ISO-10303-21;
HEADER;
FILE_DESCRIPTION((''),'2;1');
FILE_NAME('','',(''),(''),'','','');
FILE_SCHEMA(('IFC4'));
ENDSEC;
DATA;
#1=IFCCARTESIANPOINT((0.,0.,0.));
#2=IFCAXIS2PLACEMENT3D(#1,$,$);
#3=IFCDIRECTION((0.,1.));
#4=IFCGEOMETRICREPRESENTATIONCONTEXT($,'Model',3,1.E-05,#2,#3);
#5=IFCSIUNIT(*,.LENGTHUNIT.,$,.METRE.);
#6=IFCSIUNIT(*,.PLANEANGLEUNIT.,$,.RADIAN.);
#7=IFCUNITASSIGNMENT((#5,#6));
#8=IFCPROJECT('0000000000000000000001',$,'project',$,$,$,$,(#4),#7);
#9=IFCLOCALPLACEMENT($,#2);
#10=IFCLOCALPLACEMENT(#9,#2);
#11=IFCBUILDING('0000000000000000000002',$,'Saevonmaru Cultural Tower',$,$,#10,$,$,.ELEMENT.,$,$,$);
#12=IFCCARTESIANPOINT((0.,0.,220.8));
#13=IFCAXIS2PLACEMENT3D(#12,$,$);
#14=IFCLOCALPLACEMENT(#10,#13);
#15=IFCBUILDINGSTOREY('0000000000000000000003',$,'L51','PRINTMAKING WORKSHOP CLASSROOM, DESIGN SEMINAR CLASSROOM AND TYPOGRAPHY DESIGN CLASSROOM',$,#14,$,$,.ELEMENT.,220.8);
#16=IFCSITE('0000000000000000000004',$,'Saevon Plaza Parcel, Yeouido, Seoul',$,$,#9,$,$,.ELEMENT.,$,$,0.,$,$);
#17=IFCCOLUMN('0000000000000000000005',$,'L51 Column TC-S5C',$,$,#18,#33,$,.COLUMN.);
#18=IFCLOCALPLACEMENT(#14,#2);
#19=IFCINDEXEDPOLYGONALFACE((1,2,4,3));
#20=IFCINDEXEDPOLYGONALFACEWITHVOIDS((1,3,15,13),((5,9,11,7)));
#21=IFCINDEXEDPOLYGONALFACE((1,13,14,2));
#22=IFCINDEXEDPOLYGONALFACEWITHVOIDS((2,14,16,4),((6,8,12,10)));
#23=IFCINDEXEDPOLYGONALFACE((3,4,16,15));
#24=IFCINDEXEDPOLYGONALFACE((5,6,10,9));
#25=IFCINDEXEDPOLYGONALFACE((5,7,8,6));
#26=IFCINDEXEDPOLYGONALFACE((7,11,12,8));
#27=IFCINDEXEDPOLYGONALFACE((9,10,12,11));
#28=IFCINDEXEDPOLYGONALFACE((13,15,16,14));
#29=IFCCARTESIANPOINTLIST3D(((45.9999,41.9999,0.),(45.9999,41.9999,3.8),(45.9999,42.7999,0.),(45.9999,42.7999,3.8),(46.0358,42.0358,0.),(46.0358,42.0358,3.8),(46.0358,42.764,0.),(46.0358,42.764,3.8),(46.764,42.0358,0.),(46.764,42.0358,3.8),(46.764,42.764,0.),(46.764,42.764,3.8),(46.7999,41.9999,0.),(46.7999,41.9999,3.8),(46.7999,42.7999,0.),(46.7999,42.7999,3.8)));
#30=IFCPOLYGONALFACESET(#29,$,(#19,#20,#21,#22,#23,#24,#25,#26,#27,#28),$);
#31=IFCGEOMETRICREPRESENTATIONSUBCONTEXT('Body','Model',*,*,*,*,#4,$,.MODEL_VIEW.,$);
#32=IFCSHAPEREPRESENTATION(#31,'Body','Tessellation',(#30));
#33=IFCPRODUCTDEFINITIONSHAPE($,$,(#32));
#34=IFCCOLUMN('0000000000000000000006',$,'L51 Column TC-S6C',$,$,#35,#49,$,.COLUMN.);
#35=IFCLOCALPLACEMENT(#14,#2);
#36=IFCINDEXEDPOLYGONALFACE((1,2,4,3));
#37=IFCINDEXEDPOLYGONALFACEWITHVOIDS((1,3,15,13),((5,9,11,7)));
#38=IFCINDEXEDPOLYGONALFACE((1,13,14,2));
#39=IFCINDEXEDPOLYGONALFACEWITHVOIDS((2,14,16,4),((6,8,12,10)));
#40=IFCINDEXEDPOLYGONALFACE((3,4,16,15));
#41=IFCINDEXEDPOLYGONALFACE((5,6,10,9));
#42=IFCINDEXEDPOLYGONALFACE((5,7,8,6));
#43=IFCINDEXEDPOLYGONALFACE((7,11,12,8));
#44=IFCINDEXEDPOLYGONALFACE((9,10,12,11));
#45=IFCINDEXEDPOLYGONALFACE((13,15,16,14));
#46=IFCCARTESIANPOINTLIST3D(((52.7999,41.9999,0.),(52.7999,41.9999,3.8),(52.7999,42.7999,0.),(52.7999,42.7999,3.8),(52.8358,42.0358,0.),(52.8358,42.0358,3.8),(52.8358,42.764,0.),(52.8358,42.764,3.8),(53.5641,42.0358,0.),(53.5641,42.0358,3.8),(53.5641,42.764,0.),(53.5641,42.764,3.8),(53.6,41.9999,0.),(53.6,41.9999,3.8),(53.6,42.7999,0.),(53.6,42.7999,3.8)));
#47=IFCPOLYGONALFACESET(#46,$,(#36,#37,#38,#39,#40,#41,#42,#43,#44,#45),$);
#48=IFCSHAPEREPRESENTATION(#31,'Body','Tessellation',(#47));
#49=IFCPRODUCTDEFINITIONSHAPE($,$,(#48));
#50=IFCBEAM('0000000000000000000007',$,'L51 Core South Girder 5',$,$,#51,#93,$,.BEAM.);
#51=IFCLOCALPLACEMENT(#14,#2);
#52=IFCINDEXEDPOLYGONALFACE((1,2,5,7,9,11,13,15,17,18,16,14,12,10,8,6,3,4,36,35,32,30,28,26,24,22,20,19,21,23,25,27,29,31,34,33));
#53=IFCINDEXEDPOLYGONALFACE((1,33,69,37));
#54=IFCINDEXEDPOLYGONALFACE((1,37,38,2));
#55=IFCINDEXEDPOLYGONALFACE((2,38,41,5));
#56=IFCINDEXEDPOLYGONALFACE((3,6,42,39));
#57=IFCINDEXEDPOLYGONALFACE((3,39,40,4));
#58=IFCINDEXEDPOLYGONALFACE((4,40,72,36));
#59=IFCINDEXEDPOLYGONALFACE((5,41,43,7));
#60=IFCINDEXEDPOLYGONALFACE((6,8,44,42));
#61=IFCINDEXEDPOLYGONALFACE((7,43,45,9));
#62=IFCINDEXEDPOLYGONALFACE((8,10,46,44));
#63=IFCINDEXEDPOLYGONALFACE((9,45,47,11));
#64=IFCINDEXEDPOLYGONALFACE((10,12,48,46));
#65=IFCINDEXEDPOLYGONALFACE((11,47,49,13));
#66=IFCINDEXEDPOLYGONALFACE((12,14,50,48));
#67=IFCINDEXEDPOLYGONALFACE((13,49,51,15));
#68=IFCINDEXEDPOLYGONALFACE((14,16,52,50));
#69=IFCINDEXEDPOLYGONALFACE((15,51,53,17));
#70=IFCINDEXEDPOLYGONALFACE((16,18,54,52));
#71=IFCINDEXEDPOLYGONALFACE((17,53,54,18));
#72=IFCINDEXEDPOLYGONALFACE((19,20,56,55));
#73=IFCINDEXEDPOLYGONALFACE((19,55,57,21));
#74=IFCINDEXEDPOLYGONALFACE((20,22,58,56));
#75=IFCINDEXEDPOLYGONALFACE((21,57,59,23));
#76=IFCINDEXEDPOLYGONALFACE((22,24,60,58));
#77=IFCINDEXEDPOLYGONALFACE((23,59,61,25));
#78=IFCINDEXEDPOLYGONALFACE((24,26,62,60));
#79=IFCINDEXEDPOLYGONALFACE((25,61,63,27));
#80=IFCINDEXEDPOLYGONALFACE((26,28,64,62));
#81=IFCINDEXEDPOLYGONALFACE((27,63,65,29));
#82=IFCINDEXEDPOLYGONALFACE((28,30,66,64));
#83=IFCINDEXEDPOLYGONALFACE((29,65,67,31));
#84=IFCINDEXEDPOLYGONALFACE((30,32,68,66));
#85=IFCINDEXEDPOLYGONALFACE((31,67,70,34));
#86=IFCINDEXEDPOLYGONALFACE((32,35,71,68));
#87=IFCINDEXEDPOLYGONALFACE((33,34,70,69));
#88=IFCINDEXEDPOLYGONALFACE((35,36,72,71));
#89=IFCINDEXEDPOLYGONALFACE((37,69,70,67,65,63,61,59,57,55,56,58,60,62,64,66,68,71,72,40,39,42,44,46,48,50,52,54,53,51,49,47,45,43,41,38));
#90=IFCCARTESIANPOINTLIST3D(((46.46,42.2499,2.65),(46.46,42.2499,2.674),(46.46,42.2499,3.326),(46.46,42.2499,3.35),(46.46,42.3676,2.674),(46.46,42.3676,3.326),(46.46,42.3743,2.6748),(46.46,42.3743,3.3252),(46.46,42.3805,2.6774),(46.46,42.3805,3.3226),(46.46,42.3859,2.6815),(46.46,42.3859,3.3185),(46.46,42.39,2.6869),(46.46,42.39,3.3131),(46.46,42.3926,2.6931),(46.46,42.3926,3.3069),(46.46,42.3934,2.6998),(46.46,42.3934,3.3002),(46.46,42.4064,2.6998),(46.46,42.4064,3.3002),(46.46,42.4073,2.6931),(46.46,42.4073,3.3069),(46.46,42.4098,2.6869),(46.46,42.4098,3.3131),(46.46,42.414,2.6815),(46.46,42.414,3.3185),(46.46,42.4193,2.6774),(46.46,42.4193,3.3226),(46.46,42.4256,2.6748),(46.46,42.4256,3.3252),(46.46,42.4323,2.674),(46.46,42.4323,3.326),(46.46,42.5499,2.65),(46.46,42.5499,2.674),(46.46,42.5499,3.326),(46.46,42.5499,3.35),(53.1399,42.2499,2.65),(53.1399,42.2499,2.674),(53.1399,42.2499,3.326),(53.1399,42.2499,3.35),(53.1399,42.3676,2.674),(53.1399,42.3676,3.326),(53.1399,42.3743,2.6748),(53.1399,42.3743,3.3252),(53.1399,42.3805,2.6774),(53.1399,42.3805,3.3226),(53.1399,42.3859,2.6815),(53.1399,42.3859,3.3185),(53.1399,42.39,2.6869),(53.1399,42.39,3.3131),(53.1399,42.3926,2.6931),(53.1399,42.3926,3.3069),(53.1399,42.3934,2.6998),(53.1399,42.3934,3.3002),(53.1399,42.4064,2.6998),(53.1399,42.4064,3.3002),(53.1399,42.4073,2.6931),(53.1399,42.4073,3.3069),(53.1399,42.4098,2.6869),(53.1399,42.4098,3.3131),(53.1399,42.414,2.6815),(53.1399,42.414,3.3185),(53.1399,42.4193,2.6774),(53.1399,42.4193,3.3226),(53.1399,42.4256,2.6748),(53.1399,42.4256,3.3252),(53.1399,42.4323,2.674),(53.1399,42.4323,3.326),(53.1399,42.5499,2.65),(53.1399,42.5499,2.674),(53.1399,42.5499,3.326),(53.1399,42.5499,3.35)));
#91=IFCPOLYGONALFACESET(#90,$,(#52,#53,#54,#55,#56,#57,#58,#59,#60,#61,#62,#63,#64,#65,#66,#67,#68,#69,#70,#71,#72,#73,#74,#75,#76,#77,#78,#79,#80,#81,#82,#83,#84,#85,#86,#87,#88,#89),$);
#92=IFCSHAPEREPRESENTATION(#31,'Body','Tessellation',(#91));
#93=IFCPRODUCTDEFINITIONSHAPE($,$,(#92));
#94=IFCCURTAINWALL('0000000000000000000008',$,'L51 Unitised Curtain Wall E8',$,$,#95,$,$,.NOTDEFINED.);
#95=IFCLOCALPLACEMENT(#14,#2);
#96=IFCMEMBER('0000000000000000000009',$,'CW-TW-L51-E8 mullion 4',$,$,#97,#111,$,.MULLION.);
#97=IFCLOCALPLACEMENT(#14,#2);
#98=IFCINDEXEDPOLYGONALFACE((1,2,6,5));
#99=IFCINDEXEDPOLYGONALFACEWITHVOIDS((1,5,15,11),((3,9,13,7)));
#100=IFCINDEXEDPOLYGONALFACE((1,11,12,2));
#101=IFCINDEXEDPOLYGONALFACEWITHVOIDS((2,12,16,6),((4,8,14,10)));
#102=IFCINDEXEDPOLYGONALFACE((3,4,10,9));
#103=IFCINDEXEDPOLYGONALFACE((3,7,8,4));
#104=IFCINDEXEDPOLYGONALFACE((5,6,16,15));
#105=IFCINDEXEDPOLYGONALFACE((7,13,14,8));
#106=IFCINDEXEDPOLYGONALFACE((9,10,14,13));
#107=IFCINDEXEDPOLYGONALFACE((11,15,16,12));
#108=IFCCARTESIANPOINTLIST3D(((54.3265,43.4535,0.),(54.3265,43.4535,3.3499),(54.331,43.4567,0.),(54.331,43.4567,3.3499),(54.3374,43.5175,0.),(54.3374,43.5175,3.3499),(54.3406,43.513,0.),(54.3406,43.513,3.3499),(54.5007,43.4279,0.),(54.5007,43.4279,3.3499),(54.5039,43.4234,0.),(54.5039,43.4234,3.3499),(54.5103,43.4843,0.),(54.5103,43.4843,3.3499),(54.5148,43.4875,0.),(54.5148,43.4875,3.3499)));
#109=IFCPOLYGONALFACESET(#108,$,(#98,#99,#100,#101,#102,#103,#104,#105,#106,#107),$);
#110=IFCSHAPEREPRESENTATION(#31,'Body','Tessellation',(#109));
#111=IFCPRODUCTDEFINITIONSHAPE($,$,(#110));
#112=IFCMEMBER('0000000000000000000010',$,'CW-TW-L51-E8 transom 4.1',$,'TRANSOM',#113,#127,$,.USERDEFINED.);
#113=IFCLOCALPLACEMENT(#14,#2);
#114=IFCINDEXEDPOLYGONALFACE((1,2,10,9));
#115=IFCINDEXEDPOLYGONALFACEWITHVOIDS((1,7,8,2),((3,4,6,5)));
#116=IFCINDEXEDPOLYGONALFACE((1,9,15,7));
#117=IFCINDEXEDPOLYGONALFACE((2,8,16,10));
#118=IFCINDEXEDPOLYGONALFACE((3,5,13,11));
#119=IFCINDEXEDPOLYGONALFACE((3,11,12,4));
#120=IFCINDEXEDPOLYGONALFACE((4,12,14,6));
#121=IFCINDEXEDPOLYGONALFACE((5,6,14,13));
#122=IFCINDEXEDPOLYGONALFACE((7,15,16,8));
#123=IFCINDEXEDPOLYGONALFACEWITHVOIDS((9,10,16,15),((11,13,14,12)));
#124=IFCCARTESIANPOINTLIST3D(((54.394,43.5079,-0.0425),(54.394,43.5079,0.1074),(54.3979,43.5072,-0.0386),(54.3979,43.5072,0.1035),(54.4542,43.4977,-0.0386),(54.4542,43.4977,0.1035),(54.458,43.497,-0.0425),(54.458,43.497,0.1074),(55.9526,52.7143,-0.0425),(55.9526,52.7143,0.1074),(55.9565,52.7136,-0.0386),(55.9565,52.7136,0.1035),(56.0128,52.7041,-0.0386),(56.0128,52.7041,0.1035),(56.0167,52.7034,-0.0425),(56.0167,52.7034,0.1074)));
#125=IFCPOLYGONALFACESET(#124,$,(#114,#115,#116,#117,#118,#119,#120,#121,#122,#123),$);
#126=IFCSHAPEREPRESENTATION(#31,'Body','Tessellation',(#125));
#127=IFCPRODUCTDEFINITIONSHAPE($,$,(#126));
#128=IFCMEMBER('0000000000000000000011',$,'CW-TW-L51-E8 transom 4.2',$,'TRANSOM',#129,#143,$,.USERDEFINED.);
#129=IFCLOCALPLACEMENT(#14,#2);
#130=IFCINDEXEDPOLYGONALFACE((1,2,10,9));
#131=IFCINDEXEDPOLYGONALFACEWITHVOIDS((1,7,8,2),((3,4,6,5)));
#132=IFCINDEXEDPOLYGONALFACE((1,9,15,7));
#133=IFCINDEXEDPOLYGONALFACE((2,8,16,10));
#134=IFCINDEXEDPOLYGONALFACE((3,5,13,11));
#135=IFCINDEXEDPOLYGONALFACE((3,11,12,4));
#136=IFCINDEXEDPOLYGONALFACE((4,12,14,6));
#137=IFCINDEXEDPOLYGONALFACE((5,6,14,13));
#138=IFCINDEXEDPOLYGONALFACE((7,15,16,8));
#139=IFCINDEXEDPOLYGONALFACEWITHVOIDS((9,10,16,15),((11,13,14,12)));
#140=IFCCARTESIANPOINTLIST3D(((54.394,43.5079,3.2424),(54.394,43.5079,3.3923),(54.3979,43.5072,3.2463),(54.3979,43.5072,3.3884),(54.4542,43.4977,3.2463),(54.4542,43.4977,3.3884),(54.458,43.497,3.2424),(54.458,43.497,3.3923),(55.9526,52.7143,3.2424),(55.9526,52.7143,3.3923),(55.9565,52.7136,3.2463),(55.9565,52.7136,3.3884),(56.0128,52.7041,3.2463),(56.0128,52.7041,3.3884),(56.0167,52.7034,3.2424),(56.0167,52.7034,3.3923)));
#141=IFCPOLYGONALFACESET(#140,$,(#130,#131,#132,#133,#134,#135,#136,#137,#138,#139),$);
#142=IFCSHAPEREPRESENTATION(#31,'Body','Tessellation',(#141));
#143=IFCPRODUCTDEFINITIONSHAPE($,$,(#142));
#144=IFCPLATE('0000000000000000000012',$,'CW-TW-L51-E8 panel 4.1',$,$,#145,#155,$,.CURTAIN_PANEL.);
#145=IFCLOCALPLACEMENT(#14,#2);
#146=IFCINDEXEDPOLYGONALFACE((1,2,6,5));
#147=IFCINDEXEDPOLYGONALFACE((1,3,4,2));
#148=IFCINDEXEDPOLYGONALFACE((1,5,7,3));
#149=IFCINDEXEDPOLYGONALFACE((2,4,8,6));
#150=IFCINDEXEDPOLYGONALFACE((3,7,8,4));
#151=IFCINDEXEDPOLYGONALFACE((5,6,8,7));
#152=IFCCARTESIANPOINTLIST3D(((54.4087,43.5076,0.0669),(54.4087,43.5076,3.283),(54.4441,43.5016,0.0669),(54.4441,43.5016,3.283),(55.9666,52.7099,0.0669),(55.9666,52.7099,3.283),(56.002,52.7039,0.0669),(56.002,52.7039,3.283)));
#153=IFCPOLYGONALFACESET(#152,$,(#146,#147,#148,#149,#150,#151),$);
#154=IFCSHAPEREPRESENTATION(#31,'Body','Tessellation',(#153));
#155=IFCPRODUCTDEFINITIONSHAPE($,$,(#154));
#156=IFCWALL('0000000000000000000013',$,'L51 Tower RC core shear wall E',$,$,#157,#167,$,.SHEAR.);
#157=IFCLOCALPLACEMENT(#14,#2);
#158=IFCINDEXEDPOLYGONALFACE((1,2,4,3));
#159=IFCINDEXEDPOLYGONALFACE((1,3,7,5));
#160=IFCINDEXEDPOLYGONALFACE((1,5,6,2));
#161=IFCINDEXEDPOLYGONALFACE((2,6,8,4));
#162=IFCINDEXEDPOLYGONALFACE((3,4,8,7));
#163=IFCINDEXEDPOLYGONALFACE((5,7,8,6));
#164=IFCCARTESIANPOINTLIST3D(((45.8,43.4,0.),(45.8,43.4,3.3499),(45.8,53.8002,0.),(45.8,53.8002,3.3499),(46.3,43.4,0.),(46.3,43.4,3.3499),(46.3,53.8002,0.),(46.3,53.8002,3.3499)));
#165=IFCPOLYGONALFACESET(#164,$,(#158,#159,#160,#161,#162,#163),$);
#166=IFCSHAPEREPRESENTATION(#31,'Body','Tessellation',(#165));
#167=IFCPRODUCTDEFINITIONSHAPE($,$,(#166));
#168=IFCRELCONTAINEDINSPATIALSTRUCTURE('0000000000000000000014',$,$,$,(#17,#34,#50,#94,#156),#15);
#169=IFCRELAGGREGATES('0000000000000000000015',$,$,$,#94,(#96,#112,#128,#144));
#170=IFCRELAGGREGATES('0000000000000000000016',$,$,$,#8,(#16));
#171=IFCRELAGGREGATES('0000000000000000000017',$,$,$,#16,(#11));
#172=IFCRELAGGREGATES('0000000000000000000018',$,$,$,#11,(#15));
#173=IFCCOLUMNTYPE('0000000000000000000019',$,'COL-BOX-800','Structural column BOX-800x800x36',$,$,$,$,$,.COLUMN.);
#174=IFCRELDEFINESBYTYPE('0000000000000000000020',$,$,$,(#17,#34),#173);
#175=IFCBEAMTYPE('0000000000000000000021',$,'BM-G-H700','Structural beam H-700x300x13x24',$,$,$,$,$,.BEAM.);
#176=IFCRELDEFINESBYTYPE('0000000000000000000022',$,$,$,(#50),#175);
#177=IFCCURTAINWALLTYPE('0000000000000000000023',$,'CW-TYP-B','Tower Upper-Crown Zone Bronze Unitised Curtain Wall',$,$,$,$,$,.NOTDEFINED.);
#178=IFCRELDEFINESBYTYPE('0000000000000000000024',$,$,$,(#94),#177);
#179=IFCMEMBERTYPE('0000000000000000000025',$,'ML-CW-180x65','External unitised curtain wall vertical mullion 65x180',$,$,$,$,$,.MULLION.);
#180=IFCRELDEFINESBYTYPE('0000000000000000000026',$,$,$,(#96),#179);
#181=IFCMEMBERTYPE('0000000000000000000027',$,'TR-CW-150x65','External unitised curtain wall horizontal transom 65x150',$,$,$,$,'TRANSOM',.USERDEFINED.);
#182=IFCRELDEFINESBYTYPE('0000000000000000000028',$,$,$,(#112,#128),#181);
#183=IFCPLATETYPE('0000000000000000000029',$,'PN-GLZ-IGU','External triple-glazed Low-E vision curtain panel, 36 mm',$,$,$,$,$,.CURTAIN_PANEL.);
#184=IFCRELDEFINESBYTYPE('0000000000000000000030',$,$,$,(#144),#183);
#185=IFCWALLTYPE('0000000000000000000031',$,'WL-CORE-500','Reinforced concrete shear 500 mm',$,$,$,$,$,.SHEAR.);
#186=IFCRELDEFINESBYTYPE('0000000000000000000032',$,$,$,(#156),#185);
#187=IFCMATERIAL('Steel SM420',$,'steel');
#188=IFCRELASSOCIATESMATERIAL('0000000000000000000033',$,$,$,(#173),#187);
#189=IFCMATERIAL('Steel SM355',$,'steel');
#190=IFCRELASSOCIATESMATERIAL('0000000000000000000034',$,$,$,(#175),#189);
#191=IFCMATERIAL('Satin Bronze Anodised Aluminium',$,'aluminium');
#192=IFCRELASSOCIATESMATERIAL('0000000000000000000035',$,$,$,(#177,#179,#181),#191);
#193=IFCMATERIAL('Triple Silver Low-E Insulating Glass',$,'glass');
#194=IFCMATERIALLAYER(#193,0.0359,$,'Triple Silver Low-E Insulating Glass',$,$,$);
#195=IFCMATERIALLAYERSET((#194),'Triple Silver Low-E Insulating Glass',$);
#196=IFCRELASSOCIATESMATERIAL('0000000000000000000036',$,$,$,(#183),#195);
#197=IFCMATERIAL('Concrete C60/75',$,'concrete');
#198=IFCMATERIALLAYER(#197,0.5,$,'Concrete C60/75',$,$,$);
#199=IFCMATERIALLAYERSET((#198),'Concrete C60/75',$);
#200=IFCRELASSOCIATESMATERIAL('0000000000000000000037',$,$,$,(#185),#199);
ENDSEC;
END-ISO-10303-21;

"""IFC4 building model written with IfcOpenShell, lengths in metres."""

from ifc_helpers import new_model, si_unit, direction, frame, frame_2d, origin, origin_2d, place, context, subcontext, project, spatial, rectangle, hollow_rectangle, i_section, extrude, material, layer, layer_set, material_profile, profile_set, type_object, element, aggregate, save


model = new_model("IFC4")

# Units and contexts
model_context = context("Model", 3, precision=1e-05, world=origin(), true_north=direction((0.0, 1.0)))
body_context = subcontext(model_context, "Body", "Model", "MODEL_VIEW")
ifc_project = project(units=[si_unit("LENGTHUNIT", "METRE"), si_unit("PLANEANGLEUNIT", "RADIAN")], contexts=[model_context])

# Site, building, storey
site_placement = place(None, origin())
site = spatial("IfcSite", under=ifc_project, at=site_placement, Name="Saevon Plaza Parcel, Yeouido, Seoul", CompositionType="ELEMENT", RefElevation=0.0)
building_placement = place(site_placement, origin())
building = spatial("IfcBuilding", under=site, at=building_placement, Name="Saevonmaru Cultural Tower", CompositionType="ELEMENT")
storey_placement = place(building_placement, frame((0.0, 0.0, 220.8)))
storey = spatial("IfcBuildingStorey", under=building, at=storey_placement, Name="L51", Description="PRINTMAKING WORKSHOP CLASSROOM, DESIGN SEMINAR CLASSROOM AND TYPOGRAPHY DESIGN CLASSROOM", CompositionType="ELEMENT", Elevation=220.8)

# Columns
ifc_material_1 = material(Name="Steel SM420", Category="steel")
ifc_material_profile_1 = material_profile(ifc_material_1, hollow_rectangle(XDim=0.8, YDim=0.8, WallThickness=0.0359, at=origin_2d()), Name="BOX-800x800x36")
ifc_profile_set_1 = profile_set([ifc_material_profile_1], Name="Steel SM420")
column_type = type_object("IfcColumnType", Name="COL-BOX-800", Description="Structural column BOX-800x800x36", PredefinedType="COLUMN", material=ifc_profile_set_1)
for number, where, z_axis, x_axis, name in (
    (1, (46.3999, 42.3999, 0.0), (0.0, 0.0, 1.0), (1.0, 0.0, 0.0), "L51 Column TC-S5C"),
    (2, (53.2, 42.3999, 0.0), (0.0, 0.0, 1.0), (1.0, 0.0, 0.0), "L51 Column TC-S6C"),
):
    element("IfcColumn", number, at=place(storey_placement, frame(where, z_axis=z_axis, x_axis=x_axis)), inside=storey, type_object=column_type, Name=name, PredefinedType="COLUMN", context=body_context, shape_type="SweptSolid", body=[
        extrude(hollow_rectangle(XDim=0.8, YDim=0.8, WallThickness=0.0359, at=origin_2d()), origin(), (0.0, 0.0, 1.0), 3.8),
    ])

# Beam
ifc_material_2 = material(Name="Steel SM355", Category="steel")
ifc_material_profile_2 = material_profile(ifc_material_2, i_section(OverallWidth=0.3, OverallDepth=0.7, WebThickness=0.0129, FlangeThickness=0.0239, FilletRadius=0.0259, at=origin_2d()), Name="H-700x300x13x24")
ifc_profile_set_2 = profile_set([ifc_material_profile_2], Name="Steel SM355")
beam_type = type_object("IfcBeamType", Name="BM-G-H700", Description="Structural beam H-700x300x13x24", PredefinedType="BEAM", material=ifc_profile_set_2)
beam_placement = place(storey_placement, frame((46.46, 42.3999, 3.0), z_axis=(1.0, 0.0, 0.0), x_axis=(0.0, 1.0, 0.0)))
element("IfcBeam", 3, at=beam_placement, inside=storey, type_object=beam_type, Name="L51 Core South Girder 5", PredefinedType="BEAM", context=body_context, shape_type="SweptSolid", body=[
    extrude(i_section(OverallWidth=0.3, OverallDepth=0.7, WebThickness=0.0129, FlangeThickness=0.0239, FilletRadius=0.0259, at=origin_2d()), origin(), (0.0, 0.0, 1.0), 6.6799),
])

# Curtain wall, members, plate
ifc_material_3 = material(Name="Satin Bronze Anodised Aluminium", Category="aluminium")
curtain_wall_type = type_object("IfcCurtainWallType", Name="CW-TYP-B", Description="Tower Upper-Crown Zone Bronze Unitised Curtain Wall", PredefinedType="NOTDEFINED", material=ifc_material_3)
curtain_wall_placement = place(storey_placement, origin())
curtain_wall = element("IfcCurtainWall", 4, at=curtain_wall_placement, inside=storey, type_object=curtain_wall_type, Name="L51 Unitised Curtain Wall E8", PredefinedType="NOTDEFINED")
ifc_material_profile_3 = material_profile(ifc_material_3, hollow_rectangle(XDim=0.0649, YDim=0.1799, WallThickness=0.0039, at=origin_2d()), Name="ALU-MULL-180x65x4")
ifc_profile_set_3 = profile_set([ifc_material_profile_3], Name="Satin Bronze Anodised Aluminium")
member_type_1 = type_object("IfcMemberType", Name="ML-CW-180x65", Description="External unitised curtain wall vertical mullion 65x180", PredefinedType="MULLION", material=ifc_profile_set_3)
member_1_placement = place(storey_placement, frame((54.4207, 43.4705, 0.0), z_axis=(0.0, 0.0, 1.0), x_axis=(0.166922, 0.98597, 0.0)))
member_1 = element("IfcMember", 5, at=member_1_placement, type_object=member_type_1, Name="CW-TW-L51-E8 mullion 4", PredefinedType="MULLION", context=body_context, shape_type="SweptSolid", body=[
    extrude(hollow_rectangle(XDim=0.0649, YDim=0.1799, WallThickness=0.0039, at=origin_2d()), origin(), (0.0, 0.0, 1.0), 3.3499),
])
ifc_material_profile_4 = material_profile(ifc_material_3, hollow_rectangle(XDim=0.0649, YDim=0.1499, WallThickness=0.0039, at=origin_2d()), Name="ALU-TRAN-150x65x4")
ifc_profile_set_4 = profile_set([ifc_material_profile_4], Name="Satin Bronze Anodised Aluminium")
member_type_2 = type_object("IfcMemberType", Name="TR-CW-150x65", Description="External unitised curtain wall horizontal transom 65x150", ElementType="TRANSOM", PredefinedType="USERDEFINED", material=ifc_profile_set_4)
member_2_placement = place(storey_placement, frame((54.426, 43.5024, 0.0325), z_axis=(0.166921, 0.98597, 0.0), x_axis=(-0.98597, 0.166921, 0.0)))
member_2 = element("IfcMember", 6, at=member_2_placement, type_object=member_type_2, Name="CW-TW-L51-E8 transom 4.1", ObjectType="TRANSOM", PredefinedType="USERDEFINED", context=body_context, shape_type="SweptSolid", body=[
    extrude(hollow_rectangle(XDim=0.0649, YDim=0.1499, WallThickness=0.0039, at=origin_2d()), origin(), (0.0, 0.0, 1.0), 9.3374),
])
member_3_placement = place(storey_placement, frame((54.426, 43.5024, 3.3174), z_axis=(0.166921, 0.98597, 0.0), x_axis=(-0.98597, 0.166921, 0.0)))
member_3 = element("IfcMember", 7, at=member_3_placement, type_object=member_type_2, Name="CW-TW-L51-E8 transom 4.2", ObjectType="TRANSOM", PredefinedType="USERDEFINED", context=body_context, shape_type="SweptSolid", body=[
    extrude(hollow_rectangle(XDim=0.0649, YDim=0.1499, WallThickness=0.0039, at=origin_2d()), origin(), (0.0, 0.0, 1.0), 9.3374),
])
ifc_material_4 = material(Name="Triple Silver Low-E Insulating Glass", Category="glass")
ifc_layer_1 = layer(ifc_material_4, 0.0359, Name="Triple Silver Low-E Insulating Glass")
ifc_layer_set_1 = layer_set([ifc_layer_1], Name="Triple Silver Low-E Insulating Glass")
plate_type = type_object("IfcPlateType", Name="PN-GLZ-IGU", Description="External triple-glazed Low-E vision curtain panel, 36 mm", PredefinedType="CURTAIN_PANEL", material=ifc_layer_set_1)
plate_placement = place(storey_placement, frame((55.2053, 48.1057, 0.0669), z_axis=(0.0, 0.0, 1.0), x_axis=(0.166922, 0.98597, 0.0)))
plate = element("IfcPlate", 8, at=plate_placement, type_object=plate_type, Name="CW-TW-L51-E8 panel 4.1", PredefinedType="CURTAIN_PANEL", context=body_context, shape_type="SweptSolid", body=[
    extrude(rectangle(XDim=9.3333, YDim=0.0359, at=origin_2d()), origin(), (0.0, 0.0, 1.0), 3.2161),
])
aggregate(curtain_wall, [member_1, member_2, member_3, plate])

# Wall
ifc_material_5 = material(Name="Concrete C60/75", Category="concrete")
ifc_layer_2 = layer(ifc_material_5, 0.5, Name="Concrete C60/75")
ifc_layer_set_2 = layer_set([ifc_layer_2], Name="Concrete C60/75")
wall_type_1 = type_object("IfcWallType", Name="WL-CORE-500", Description="Reinforced concrete shear 500 mm", PredefinedType="SHEAR", material=ifc_layer_set_2)
wall_1_placement = place(storey_placement, frame((46.05, 43.3999, 0.0), z_axis=(0.0, 0.0, 1.0), x_axis=(0.0, 1.0, 0.0)))
element("IfcWall", 9, at=wall_1_placement, inside=storey, type_object=wall_type_1, Name="L51 Tower RC core shear wall E", PredefinedType="SHEAR", context=body_context, shape_type="SweptSolid", body=[
    extrude(rectangle(XDim=10.4001, YDim=0.5, at=frame_2d((5.2002, 0.0))), origin(), (0.0, 0.0, 1.0), 3.3499),
])

save(model, "model.ifc")
